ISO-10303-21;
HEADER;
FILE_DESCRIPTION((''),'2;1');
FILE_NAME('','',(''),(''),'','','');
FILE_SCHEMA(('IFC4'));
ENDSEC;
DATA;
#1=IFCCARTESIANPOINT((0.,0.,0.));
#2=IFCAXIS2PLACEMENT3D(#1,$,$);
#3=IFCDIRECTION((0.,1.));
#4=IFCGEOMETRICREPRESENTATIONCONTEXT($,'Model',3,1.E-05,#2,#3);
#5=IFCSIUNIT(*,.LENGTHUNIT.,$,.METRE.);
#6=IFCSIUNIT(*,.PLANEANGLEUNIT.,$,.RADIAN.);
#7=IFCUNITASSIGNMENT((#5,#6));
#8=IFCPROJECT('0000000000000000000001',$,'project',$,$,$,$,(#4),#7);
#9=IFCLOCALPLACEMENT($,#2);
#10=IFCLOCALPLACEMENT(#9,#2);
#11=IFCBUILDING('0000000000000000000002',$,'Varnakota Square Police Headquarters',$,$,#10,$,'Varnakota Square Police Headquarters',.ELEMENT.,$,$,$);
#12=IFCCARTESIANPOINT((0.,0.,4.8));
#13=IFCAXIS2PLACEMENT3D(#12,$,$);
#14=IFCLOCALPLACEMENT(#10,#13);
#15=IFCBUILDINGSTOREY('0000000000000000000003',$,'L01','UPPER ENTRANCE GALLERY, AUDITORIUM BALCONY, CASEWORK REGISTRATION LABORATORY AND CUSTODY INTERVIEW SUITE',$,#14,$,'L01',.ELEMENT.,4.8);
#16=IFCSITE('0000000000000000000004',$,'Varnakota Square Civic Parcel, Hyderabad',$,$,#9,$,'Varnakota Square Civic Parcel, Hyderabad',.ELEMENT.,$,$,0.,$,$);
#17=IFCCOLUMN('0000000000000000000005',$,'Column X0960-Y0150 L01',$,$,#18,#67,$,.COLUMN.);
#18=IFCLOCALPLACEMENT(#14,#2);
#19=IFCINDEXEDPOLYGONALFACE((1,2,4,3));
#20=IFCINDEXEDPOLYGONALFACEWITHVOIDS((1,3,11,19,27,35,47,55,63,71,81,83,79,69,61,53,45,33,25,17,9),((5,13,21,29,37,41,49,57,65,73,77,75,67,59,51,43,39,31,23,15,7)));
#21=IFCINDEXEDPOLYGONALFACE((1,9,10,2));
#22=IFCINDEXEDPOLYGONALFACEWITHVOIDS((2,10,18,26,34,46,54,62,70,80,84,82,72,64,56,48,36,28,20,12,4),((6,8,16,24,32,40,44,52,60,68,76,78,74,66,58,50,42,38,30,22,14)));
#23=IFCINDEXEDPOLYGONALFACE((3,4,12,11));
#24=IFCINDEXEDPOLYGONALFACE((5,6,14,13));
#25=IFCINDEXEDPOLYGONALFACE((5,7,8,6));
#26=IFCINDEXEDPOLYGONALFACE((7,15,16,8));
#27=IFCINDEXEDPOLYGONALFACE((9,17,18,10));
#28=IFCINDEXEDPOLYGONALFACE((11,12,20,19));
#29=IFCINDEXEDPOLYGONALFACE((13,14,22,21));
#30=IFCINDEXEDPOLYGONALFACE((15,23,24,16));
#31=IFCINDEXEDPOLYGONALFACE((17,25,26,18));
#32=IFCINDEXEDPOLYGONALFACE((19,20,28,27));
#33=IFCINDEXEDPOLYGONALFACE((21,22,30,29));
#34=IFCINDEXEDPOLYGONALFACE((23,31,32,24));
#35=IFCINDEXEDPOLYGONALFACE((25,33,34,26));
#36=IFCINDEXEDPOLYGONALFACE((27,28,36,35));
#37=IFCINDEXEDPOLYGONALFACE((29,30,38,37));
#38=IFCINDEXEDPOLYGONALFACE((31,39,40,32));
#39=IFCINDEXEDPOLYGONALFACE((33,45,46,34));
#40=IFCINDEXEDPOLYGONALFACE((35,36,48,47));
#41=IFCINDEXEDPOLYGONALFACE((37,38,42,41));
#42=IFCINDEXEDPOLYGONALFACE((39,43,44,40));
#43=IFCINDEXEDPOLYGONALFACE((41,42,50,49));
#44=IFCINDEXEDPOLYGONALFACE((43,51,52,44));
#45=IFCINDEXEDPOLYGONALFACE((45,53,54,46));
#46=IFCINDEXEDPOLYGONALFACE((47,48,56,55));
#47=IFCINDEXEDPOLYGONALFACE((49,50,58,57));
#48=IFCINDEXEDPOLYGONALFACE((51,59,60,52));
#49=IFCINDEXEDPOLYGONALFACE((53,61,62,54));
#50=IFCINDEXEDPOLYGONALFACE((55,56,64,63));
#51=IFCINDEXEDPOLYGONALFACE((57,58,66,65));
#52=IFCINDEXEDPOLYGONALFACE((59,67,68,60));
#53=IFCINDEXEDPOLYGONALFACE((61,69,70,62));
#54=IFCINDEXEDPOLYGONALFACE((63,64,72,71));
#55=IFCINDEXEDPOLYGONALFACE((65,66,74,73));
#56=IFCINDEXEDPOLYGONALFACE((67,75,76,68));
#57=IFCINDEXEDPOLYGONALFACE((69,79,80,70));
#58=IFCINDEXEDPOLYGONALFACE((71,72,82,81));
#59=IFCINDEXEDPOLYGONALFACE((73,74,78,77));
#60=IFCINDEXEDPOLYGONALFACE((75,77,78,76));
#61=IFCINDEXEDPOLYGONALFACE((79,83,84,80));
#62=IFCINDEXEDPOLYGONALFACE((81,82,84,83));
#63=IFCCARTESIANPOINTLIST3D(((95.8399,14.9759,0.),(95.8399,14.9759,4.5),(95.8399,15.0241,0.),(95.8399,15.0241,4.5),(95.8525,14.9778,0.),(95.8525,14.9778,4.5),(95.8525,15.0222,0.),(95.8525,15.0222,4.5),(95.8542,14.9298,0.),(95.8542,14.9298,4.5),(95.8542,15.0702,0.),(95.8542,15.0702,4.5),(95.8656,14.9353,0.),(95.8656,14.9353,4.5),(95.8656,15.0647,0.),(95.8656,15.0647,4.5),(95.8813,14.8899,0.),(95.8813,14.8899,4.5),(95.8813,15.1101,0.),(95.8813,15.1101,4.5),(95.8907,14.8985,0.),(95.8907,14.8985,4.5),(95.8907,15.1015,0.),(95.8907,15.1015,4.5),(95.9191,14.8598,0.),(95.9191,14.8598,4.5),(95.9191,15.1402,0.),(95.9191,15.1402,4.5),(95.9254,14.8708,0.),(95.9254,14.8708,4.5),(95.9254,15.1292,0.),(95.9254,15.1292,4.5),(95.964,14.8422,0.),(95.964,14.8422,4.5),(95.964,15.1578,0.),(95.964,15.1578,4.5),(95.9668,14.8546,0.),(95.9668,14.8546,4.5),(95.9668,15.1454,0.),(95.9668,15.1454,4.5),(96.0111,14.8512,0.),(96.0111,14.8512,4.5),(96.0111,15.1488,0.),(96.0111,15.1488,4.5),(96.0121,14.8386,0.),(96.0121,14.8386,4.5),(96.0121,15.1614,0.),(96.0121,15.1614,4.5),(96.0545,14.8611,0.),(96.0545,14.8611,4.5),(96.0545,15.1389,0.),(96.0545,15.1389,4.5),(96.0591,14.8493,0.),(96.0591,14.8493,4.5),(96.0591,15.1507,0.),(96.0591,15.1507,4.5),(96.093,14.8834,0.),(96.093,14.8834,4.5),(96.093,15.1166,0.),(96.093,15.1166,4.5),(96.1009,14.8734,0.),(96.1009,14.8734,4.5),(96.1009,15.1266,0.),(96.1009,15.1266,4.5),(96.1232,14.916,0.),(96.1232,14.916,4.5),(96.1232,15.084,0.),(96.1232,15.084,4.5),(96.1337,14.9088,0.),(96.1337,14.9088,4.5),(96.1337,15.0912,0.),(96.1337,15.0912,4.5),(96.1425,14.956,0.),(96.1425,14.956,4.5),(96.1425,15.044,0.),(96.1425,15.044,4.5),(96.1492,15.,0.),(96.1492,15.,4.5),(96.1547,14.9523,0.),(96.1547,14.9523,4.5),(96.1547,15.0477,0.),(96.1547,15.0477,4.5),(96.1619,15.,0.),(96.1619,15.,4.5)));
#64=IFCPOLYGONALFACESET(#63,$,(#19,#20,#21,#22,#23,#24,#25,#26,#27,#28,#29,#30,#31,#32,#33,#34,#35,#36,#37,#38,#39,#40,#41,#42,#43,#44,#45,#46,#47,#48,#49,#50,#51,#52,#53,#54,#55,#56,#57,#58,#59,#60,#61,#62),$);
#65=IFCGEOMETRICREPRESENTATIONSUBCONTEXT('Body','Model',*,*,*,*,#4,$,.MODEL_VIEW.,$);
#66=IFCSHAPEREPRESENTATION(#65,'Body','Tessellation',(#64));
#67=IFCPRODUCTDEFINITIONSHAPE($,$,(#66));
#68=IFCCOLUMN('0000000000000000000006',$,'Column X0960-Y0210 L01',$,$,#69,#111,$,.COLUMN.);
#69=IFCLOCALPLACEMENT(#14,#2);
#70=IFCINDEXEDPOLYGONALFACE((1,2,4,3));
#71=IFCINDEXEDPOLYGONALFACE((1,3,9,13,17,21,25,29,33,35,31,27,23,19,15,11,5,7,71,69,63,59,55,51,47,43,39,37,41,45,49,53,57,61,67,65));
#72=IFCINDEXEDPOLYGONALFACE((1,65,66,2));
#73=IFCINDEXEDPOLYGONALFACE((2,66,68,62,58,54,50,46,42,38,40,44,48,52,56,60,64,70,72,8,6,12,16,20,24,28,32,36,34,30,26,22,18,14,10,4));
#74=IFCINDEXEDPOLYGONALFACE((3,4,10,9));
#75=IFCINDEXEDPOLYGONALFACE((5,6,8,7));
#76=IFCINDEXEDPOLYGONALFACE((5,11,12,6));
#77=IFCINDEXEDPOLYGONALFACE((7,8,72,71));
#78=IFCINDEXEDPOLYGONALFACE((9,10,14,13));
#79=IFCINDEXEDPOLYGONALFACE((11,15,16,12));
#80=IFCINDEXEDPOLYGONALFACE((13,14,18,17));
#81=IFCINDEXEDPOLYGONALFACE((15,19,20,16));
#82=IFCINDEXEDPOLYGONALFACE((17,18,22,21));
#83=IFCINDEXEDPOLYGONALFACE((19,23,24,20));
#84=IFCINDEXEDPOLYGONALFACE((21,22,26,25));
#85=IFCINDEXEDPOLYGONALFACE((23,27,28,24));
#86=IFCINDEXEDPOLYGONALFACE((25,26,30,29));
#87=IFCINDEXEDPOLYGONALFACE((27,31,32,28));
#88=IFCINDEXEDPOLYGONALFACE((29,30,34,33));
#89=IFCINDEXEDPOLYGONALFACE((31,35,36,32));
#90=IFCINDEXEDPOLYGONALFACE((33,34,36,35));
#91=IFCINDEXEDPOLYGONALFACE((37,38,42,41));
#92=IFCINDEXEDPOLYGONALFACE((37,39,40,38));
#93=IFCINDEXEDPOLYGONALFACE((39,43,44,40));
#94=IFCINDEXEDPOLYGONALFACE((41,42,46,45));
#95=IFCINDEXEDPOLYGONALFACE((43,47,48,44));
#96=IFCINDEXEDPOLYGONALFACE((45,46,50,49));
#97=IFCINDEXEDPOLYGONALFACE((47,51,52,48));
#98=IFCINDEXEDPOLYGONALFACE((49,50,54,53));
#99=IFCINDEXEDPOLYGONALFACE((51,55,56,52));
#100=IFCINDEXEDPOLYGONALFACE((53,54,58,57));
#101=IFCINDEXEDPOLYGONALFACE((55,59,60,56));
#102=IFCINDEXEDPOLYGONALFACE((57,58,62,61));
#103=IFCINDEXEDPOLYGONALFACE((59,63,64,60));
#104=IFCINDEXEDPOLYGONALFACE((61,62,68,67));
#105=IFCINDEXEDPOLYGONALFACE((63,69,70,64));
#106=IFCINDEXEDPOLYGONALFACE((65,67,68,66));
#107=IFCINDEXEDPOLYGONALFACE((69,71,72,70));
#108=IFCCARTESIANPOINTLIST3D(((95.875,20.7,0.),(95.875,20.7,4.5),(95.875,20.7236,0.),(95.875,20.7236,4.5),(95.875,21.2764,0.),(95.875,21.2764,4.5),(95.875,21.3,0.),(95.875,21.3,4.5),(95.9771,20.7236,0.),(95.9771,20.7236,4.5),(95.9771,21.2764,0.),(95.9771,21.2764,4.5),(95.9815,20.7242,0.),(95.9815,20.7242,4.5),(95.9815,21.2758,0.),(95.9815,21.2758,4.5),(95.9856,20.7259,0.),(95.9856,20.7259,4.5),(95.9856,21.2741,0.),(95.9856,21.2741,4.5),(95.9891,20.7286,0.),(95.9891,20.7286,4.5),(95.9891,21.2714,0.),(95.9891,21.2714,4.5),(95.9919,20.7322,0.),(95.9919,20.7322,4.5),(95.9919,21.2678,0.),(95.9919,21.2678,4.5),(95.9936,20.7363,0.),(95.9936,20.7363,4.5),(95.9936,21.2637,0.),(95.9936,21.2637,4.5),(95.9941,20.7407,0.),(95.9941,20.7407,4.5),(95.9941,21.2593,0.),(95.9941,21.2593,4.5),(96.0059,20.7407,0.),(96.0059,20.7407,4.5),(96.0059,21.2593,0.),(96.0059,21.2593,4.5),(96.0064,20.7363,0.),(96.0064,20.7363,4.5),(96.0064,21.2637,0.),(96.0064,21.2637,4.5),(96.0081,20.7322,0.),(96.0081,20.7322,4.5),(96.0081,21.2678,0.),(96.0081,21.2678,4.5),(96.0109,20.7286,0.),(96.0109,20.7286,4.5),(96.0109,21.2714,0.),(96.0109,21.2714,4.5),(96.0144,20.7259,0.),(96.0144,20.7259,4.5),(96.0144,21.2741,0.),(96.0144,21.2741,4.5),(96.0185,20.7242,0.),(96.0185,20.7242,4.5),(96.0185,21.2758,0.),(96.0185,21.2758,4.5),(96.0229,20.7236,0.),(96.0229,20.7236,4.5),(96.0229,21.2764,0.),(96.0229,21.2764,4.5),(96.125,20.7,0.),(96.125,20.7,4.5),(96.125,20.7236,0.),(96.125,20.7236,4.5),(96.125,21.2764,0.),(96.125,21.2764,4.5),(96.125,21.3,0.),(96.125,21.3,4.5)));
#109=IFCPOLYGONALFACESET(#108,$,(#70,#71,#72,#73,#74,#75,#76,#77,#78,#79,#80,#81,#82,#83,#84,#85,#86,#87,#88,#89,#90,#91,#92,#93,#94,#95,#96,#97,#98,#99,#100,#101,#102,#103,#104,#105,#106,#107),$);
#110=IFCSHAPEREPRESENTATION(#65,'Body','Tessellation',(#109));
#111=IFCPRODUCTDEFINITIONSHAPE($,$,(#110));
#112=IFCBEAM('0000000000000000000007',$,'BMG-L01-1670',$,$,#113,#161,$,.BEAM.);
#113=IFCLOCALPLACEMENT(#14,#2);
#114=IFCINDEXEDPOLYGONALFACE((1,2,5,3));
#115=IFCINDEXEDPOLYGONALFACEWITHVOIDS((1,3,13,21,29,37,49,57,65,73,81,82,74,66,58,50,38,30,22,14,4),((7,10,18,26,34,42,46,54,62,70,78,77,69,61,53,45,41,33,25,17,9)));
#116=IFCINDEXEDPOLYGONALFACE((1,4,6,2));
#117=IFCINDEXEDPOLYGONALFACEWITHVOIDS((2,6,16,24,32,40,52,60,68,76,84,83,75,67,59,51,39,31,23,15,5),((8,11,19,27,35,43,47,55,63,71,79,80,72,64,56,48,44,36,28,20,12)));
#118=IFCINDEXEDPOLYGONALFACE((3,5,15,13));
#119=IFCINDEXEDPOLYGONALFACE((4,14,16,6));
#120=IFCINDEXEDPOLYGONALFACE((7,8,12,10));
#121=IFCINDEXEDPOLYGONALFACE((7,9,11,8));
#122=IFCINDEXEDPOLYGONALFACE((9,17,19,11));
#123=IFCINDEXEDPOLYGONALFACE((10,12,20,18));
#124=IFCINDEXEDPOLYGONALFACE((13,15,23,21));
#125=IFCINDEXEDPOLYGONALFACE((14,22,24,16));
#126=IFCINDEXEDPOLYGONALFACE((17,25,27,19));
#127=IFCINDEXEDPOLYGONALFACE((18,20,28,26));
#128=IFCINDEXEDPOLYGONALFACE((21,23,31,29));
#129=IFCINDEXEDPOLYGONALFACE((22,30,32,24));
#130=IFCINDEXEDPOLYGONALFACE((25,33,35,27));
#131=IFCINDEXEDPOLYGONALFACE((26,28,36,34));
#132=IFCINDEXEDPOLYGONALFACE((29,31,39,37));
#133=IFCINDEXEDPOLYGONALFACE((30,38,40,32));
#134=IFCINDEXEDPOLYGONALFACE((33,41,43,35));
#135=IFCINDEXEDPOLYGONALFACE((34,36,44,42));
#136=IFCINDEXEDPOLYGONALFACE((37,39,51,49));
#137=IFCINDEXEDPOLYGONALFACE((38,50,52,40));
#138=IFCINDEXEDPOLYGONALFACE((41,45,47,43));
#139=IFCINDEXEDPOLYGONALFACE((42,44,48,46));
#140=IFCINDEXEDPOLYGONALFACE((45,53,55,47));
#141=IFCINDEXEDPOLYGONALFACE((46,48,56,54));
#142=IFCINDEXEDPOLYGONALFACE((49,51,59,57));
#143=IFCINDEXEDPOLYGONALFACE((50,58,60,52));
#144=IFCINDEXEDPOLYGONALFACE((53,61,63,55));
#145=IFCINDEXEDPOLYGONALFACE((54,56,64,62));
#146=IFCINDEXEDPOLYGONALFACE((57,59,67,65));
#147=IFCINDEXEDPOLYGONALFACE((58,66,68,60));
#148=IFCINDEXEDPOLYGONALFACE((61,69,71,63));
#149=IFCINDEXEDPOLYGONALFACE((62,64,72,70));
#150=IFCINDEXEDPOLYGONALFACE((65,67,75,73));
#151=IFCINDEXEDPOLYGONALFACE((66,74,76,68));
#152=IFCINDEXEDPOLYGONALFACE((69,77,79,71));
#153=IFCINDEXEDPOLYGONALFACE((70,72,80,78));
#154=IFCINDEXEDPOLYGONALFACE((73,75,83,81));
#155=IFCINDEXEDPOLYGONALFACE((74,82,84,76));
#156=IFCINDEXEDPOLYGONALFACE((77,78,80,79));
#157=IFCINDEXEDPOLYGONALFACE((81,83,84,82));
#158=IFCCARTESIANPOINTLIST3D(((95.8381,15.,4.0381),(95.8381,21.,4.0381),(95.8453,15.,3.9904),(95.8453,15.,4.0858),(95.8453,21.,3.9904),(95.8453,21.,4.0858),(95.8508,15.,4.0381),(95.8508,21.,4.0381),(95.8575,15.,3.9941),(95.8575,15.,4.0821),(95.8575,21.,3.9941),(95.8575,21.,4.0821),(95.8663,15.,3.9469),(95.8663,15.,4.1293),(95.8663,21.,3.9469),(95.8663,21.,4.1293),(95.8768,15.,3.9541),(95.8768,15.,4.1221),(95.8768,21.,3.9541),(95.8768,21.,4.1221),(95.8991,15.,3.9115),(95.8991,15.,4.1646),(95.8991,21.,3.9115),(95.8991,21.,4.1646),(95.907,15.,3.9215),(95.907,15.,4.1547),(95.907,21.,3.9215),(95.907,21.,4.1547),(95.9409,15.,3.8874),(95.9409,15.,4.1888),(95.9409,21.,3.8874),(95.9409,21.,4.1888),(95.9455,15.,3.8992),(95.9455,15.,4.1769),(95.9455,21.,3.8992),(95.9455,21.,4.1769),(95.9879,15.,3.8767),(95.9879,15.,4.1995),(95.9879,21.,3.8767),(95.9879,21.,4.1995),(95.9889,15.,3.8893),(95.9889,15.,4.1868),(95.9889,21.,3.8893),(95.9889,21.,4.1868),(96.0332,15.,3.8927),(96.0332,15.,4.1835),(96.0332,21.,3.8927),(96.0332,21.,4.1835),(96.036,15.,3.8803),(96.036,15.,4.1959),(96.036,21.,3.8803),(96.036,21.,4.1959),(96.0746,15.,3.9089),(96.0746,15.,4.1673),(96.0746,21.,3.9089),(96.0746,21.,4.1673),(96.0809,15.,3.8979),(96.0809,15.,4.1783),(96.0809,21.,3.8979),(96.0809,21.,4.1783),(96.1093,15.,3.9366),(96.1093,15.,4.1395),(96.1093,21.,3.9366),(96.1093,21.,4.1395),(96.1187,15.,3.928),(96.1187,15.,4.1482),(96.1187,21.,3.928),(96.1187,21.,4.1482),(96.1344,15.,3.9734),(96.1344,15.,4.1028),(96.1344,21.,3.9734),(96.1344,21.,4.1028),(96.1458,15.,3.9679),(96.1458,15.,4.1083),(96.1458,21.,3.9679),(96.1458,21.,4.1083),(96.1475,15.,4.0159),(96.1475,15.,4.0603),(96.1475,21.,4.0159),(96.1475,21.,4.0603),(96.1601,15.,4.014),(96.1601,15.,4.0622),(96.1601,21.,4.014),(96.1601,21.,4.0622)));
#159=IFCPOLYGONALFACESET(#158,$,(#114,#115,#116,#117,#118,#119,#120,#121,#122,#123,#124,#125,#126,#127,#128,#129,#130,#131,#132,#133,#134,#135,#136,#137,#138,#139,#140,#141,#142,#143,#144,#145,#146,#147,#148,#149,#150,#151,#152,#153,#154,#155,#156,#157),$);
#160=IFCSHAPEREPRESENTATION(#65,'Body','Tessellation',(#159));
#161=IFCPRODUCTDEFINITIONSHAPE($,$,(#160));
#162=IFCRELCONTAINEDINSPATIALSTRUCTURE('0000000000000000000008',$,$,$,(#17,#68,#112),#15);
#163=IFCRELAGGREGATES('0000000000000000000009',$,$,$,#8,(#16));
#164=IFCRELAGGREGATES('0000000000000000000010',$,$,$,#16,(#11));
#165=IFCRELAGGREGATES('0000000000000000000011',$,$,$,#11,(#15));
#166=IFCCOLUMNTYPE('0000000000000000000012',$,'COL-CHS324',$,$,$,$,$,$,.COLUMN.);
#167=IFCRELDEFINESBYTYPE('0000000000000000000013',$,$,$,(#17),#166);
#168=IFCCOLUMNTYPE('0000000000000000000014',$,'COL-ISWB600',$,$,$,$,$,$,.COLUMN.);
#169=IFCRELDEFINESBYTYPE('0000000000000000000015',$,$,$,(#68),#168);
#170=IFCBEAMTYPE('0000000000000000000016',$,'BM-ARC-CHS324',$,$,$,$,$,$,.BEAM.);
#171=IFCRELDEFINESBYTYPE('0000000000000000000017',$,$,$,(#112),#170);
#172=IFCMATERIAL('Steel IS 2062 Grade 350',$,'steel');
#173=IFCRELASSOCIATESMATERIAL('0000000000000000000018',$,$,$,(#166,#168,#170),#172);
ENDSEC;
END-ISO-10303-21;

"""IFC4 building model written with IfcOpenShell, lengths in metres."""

from ifc_helpers import new_model, si_unit, direction, frame, origin, origin_2d, place, context, subcontext, project, spatial, hollow_circle, i_section, extrude, material, material_profile, profile_set, type_object, element, save


model = new_model("IFC4")

# Units and contexts
model_context = context("Model", 3, precision=1e-05, world=origin(), true_north=direction((0.0, 1.0)))
body_context = subcontext(model_context, "Body", "Model", "MODEL_VIEW")
ifc_project = project(units=[si_unit("LENGTHUNIT", "METRE"), si_unit("PLANEANGLEUNIT", "RADIAN")], contexts=[model_context])

# Site, building, storey
site_placement = place(None, origin())
site = spatial("IfcSite", under=ifc_project, at=site_placement, Name="Varnakota Square Civic Parcel, Hyderabad", LongName="Varnakota Square Civic Parcel, Hyderabad", CompositionType="ELEMENT", RefElevation=0.0)
building_placement = place(site_placement, origin())
building = spatial("IfcBuilding", under=site, at=building_placement, Name="Varnakota Square Police Headquarters", LongName="Varnakota Square Police Headquarters", CompositionType="ELEMENT")
storey_placement = place(building_placement, frame((0.0, 0.0, 4.8)))
storey = spatial("IfcBuildingStorey", under=building, at=storey_placement, Name="L01", Description="UPPER ENTRANCE GALLERY, AUDITORIUM BALCONY, CASEWORK REGISTRATION LABORATORY AND CUSTODY INTERVIEW SUITE", LongName="L01", CompositionType="ELEMENT", Elevation=4.8)

# Columns
ifc_material_1 = material(Name="Steel IS 2062 Grade 350", Category="steel")
ifc_material_profile_1 = material_profile(ifc_material_1, hollow_circle(Radius=0.1619, WallThickness=0.0127, at=origin_2d()), Name="CHS 323.9x12.7")
ifc_profile_set_1 = profile_set([ifc_material_profile_1], Name="Steel IS 2062 Grade 350")
column_type_1 = type_object("IfcColumnType", Name="COL-CHS324", PredefinedType="COLUMN", material=ifc_profile_set_1)
column_1_placement = place(storey_placement, frame((96.0, 15.0, 0.0), z_axis=(0.0, 0.0, 1.0), x_axis=(1.0, 0.0, 0.0)))
element("IfcColumn", 1, at=column_1_placement, inside=storey, type_object=column_type_1, Name="Column X0960-Y0150 L01", PredefinedType="COLUMN", context=body_context, shape_type="SweptSolid", body=[
    extrude(hollow_circle(Radius=0.1619, WallThickness=0.0127, at=origin_2d()), origin(), (0.0, 0.0, 1.0), 4.5),
])
ifc_material_profile_2 = material_profile(ifc_material_1, i_section(OverallWidth=0.25, OverallDepth=0.6001, WebThickness=0.0117, FlangeThickness=0.0237, FilletRadius=0.0171, at=origin_2d()), Name="ISWB 600")
ifc_profile_set_2 = profile_set([ifc_material_profile_2], Name="Steel IS 2062 Grade 350")
column_type_2 = type_object("IfcColumnType", Name="COL-ISWB600", PredefinedType="COLUMN", material=ifc_profile_set_2)
column_2_placement = place(storey_placement, frame((96.0, 21.0, 0.0), z_axis=(0.0, 0.0, 1.0), x_axis=(1.0, 0.0, 0.0)))
element("IfcColumn", 2, at=column_2_placement, inside=storey, type_object=column_type_2, Name="Column X0960-Y0210 L01", PredefinedType="COLUMN", context=body_context, shape_type="SweptSolid", body=[
    extrude(i_section(OverallWidth=0.25, OverallDepth=0.6001, WebThickness=0.0117, FlangeThickness=0.0237, FilletRadius=0.0171, at=origin_2d()), origin(), (0.0, 0.0, 1.0), 4.5),
])

# Beam
ifc_material_profile_3 = material_profile(ifc_material_1, hollow_circle(Radius=0.1619, WallThickness=0.0127, at=origin_2d()), Name="CHS 323.9x12.7")
ifc_profile_set_3 = profile_set([ifc_material_profile_3], Name="Steel IS 2062 Grade 350")
beam_type_1 = type_object("IfcBeamType", Name="BM-ARC-CHS324", PredefinedType="BEAM", material=ifc_profile_set_3)
beam_1_placement = place(storey_placement, frame((96.0, 15.0, 4.0381), z_axis=(0.0, 1.0, 0.0), x_axis=(-1.0, 0.0, 0.0)))
element("IfcBeam", 3, at=beam_1_placement, inside=storey, type_object=beam_type_1, Name="BMG-L01-1670", PredefinedType="BEAM", context=body_context, shape_type="SweptSolid", body=[
    extrude(hollow_circle(Radius=0.1619, WallThickness=0.0127, at=origin_2d()), origin(), (0.0, 0.0, 1.0), 6.0),
])

save(model, "model.ifc")
